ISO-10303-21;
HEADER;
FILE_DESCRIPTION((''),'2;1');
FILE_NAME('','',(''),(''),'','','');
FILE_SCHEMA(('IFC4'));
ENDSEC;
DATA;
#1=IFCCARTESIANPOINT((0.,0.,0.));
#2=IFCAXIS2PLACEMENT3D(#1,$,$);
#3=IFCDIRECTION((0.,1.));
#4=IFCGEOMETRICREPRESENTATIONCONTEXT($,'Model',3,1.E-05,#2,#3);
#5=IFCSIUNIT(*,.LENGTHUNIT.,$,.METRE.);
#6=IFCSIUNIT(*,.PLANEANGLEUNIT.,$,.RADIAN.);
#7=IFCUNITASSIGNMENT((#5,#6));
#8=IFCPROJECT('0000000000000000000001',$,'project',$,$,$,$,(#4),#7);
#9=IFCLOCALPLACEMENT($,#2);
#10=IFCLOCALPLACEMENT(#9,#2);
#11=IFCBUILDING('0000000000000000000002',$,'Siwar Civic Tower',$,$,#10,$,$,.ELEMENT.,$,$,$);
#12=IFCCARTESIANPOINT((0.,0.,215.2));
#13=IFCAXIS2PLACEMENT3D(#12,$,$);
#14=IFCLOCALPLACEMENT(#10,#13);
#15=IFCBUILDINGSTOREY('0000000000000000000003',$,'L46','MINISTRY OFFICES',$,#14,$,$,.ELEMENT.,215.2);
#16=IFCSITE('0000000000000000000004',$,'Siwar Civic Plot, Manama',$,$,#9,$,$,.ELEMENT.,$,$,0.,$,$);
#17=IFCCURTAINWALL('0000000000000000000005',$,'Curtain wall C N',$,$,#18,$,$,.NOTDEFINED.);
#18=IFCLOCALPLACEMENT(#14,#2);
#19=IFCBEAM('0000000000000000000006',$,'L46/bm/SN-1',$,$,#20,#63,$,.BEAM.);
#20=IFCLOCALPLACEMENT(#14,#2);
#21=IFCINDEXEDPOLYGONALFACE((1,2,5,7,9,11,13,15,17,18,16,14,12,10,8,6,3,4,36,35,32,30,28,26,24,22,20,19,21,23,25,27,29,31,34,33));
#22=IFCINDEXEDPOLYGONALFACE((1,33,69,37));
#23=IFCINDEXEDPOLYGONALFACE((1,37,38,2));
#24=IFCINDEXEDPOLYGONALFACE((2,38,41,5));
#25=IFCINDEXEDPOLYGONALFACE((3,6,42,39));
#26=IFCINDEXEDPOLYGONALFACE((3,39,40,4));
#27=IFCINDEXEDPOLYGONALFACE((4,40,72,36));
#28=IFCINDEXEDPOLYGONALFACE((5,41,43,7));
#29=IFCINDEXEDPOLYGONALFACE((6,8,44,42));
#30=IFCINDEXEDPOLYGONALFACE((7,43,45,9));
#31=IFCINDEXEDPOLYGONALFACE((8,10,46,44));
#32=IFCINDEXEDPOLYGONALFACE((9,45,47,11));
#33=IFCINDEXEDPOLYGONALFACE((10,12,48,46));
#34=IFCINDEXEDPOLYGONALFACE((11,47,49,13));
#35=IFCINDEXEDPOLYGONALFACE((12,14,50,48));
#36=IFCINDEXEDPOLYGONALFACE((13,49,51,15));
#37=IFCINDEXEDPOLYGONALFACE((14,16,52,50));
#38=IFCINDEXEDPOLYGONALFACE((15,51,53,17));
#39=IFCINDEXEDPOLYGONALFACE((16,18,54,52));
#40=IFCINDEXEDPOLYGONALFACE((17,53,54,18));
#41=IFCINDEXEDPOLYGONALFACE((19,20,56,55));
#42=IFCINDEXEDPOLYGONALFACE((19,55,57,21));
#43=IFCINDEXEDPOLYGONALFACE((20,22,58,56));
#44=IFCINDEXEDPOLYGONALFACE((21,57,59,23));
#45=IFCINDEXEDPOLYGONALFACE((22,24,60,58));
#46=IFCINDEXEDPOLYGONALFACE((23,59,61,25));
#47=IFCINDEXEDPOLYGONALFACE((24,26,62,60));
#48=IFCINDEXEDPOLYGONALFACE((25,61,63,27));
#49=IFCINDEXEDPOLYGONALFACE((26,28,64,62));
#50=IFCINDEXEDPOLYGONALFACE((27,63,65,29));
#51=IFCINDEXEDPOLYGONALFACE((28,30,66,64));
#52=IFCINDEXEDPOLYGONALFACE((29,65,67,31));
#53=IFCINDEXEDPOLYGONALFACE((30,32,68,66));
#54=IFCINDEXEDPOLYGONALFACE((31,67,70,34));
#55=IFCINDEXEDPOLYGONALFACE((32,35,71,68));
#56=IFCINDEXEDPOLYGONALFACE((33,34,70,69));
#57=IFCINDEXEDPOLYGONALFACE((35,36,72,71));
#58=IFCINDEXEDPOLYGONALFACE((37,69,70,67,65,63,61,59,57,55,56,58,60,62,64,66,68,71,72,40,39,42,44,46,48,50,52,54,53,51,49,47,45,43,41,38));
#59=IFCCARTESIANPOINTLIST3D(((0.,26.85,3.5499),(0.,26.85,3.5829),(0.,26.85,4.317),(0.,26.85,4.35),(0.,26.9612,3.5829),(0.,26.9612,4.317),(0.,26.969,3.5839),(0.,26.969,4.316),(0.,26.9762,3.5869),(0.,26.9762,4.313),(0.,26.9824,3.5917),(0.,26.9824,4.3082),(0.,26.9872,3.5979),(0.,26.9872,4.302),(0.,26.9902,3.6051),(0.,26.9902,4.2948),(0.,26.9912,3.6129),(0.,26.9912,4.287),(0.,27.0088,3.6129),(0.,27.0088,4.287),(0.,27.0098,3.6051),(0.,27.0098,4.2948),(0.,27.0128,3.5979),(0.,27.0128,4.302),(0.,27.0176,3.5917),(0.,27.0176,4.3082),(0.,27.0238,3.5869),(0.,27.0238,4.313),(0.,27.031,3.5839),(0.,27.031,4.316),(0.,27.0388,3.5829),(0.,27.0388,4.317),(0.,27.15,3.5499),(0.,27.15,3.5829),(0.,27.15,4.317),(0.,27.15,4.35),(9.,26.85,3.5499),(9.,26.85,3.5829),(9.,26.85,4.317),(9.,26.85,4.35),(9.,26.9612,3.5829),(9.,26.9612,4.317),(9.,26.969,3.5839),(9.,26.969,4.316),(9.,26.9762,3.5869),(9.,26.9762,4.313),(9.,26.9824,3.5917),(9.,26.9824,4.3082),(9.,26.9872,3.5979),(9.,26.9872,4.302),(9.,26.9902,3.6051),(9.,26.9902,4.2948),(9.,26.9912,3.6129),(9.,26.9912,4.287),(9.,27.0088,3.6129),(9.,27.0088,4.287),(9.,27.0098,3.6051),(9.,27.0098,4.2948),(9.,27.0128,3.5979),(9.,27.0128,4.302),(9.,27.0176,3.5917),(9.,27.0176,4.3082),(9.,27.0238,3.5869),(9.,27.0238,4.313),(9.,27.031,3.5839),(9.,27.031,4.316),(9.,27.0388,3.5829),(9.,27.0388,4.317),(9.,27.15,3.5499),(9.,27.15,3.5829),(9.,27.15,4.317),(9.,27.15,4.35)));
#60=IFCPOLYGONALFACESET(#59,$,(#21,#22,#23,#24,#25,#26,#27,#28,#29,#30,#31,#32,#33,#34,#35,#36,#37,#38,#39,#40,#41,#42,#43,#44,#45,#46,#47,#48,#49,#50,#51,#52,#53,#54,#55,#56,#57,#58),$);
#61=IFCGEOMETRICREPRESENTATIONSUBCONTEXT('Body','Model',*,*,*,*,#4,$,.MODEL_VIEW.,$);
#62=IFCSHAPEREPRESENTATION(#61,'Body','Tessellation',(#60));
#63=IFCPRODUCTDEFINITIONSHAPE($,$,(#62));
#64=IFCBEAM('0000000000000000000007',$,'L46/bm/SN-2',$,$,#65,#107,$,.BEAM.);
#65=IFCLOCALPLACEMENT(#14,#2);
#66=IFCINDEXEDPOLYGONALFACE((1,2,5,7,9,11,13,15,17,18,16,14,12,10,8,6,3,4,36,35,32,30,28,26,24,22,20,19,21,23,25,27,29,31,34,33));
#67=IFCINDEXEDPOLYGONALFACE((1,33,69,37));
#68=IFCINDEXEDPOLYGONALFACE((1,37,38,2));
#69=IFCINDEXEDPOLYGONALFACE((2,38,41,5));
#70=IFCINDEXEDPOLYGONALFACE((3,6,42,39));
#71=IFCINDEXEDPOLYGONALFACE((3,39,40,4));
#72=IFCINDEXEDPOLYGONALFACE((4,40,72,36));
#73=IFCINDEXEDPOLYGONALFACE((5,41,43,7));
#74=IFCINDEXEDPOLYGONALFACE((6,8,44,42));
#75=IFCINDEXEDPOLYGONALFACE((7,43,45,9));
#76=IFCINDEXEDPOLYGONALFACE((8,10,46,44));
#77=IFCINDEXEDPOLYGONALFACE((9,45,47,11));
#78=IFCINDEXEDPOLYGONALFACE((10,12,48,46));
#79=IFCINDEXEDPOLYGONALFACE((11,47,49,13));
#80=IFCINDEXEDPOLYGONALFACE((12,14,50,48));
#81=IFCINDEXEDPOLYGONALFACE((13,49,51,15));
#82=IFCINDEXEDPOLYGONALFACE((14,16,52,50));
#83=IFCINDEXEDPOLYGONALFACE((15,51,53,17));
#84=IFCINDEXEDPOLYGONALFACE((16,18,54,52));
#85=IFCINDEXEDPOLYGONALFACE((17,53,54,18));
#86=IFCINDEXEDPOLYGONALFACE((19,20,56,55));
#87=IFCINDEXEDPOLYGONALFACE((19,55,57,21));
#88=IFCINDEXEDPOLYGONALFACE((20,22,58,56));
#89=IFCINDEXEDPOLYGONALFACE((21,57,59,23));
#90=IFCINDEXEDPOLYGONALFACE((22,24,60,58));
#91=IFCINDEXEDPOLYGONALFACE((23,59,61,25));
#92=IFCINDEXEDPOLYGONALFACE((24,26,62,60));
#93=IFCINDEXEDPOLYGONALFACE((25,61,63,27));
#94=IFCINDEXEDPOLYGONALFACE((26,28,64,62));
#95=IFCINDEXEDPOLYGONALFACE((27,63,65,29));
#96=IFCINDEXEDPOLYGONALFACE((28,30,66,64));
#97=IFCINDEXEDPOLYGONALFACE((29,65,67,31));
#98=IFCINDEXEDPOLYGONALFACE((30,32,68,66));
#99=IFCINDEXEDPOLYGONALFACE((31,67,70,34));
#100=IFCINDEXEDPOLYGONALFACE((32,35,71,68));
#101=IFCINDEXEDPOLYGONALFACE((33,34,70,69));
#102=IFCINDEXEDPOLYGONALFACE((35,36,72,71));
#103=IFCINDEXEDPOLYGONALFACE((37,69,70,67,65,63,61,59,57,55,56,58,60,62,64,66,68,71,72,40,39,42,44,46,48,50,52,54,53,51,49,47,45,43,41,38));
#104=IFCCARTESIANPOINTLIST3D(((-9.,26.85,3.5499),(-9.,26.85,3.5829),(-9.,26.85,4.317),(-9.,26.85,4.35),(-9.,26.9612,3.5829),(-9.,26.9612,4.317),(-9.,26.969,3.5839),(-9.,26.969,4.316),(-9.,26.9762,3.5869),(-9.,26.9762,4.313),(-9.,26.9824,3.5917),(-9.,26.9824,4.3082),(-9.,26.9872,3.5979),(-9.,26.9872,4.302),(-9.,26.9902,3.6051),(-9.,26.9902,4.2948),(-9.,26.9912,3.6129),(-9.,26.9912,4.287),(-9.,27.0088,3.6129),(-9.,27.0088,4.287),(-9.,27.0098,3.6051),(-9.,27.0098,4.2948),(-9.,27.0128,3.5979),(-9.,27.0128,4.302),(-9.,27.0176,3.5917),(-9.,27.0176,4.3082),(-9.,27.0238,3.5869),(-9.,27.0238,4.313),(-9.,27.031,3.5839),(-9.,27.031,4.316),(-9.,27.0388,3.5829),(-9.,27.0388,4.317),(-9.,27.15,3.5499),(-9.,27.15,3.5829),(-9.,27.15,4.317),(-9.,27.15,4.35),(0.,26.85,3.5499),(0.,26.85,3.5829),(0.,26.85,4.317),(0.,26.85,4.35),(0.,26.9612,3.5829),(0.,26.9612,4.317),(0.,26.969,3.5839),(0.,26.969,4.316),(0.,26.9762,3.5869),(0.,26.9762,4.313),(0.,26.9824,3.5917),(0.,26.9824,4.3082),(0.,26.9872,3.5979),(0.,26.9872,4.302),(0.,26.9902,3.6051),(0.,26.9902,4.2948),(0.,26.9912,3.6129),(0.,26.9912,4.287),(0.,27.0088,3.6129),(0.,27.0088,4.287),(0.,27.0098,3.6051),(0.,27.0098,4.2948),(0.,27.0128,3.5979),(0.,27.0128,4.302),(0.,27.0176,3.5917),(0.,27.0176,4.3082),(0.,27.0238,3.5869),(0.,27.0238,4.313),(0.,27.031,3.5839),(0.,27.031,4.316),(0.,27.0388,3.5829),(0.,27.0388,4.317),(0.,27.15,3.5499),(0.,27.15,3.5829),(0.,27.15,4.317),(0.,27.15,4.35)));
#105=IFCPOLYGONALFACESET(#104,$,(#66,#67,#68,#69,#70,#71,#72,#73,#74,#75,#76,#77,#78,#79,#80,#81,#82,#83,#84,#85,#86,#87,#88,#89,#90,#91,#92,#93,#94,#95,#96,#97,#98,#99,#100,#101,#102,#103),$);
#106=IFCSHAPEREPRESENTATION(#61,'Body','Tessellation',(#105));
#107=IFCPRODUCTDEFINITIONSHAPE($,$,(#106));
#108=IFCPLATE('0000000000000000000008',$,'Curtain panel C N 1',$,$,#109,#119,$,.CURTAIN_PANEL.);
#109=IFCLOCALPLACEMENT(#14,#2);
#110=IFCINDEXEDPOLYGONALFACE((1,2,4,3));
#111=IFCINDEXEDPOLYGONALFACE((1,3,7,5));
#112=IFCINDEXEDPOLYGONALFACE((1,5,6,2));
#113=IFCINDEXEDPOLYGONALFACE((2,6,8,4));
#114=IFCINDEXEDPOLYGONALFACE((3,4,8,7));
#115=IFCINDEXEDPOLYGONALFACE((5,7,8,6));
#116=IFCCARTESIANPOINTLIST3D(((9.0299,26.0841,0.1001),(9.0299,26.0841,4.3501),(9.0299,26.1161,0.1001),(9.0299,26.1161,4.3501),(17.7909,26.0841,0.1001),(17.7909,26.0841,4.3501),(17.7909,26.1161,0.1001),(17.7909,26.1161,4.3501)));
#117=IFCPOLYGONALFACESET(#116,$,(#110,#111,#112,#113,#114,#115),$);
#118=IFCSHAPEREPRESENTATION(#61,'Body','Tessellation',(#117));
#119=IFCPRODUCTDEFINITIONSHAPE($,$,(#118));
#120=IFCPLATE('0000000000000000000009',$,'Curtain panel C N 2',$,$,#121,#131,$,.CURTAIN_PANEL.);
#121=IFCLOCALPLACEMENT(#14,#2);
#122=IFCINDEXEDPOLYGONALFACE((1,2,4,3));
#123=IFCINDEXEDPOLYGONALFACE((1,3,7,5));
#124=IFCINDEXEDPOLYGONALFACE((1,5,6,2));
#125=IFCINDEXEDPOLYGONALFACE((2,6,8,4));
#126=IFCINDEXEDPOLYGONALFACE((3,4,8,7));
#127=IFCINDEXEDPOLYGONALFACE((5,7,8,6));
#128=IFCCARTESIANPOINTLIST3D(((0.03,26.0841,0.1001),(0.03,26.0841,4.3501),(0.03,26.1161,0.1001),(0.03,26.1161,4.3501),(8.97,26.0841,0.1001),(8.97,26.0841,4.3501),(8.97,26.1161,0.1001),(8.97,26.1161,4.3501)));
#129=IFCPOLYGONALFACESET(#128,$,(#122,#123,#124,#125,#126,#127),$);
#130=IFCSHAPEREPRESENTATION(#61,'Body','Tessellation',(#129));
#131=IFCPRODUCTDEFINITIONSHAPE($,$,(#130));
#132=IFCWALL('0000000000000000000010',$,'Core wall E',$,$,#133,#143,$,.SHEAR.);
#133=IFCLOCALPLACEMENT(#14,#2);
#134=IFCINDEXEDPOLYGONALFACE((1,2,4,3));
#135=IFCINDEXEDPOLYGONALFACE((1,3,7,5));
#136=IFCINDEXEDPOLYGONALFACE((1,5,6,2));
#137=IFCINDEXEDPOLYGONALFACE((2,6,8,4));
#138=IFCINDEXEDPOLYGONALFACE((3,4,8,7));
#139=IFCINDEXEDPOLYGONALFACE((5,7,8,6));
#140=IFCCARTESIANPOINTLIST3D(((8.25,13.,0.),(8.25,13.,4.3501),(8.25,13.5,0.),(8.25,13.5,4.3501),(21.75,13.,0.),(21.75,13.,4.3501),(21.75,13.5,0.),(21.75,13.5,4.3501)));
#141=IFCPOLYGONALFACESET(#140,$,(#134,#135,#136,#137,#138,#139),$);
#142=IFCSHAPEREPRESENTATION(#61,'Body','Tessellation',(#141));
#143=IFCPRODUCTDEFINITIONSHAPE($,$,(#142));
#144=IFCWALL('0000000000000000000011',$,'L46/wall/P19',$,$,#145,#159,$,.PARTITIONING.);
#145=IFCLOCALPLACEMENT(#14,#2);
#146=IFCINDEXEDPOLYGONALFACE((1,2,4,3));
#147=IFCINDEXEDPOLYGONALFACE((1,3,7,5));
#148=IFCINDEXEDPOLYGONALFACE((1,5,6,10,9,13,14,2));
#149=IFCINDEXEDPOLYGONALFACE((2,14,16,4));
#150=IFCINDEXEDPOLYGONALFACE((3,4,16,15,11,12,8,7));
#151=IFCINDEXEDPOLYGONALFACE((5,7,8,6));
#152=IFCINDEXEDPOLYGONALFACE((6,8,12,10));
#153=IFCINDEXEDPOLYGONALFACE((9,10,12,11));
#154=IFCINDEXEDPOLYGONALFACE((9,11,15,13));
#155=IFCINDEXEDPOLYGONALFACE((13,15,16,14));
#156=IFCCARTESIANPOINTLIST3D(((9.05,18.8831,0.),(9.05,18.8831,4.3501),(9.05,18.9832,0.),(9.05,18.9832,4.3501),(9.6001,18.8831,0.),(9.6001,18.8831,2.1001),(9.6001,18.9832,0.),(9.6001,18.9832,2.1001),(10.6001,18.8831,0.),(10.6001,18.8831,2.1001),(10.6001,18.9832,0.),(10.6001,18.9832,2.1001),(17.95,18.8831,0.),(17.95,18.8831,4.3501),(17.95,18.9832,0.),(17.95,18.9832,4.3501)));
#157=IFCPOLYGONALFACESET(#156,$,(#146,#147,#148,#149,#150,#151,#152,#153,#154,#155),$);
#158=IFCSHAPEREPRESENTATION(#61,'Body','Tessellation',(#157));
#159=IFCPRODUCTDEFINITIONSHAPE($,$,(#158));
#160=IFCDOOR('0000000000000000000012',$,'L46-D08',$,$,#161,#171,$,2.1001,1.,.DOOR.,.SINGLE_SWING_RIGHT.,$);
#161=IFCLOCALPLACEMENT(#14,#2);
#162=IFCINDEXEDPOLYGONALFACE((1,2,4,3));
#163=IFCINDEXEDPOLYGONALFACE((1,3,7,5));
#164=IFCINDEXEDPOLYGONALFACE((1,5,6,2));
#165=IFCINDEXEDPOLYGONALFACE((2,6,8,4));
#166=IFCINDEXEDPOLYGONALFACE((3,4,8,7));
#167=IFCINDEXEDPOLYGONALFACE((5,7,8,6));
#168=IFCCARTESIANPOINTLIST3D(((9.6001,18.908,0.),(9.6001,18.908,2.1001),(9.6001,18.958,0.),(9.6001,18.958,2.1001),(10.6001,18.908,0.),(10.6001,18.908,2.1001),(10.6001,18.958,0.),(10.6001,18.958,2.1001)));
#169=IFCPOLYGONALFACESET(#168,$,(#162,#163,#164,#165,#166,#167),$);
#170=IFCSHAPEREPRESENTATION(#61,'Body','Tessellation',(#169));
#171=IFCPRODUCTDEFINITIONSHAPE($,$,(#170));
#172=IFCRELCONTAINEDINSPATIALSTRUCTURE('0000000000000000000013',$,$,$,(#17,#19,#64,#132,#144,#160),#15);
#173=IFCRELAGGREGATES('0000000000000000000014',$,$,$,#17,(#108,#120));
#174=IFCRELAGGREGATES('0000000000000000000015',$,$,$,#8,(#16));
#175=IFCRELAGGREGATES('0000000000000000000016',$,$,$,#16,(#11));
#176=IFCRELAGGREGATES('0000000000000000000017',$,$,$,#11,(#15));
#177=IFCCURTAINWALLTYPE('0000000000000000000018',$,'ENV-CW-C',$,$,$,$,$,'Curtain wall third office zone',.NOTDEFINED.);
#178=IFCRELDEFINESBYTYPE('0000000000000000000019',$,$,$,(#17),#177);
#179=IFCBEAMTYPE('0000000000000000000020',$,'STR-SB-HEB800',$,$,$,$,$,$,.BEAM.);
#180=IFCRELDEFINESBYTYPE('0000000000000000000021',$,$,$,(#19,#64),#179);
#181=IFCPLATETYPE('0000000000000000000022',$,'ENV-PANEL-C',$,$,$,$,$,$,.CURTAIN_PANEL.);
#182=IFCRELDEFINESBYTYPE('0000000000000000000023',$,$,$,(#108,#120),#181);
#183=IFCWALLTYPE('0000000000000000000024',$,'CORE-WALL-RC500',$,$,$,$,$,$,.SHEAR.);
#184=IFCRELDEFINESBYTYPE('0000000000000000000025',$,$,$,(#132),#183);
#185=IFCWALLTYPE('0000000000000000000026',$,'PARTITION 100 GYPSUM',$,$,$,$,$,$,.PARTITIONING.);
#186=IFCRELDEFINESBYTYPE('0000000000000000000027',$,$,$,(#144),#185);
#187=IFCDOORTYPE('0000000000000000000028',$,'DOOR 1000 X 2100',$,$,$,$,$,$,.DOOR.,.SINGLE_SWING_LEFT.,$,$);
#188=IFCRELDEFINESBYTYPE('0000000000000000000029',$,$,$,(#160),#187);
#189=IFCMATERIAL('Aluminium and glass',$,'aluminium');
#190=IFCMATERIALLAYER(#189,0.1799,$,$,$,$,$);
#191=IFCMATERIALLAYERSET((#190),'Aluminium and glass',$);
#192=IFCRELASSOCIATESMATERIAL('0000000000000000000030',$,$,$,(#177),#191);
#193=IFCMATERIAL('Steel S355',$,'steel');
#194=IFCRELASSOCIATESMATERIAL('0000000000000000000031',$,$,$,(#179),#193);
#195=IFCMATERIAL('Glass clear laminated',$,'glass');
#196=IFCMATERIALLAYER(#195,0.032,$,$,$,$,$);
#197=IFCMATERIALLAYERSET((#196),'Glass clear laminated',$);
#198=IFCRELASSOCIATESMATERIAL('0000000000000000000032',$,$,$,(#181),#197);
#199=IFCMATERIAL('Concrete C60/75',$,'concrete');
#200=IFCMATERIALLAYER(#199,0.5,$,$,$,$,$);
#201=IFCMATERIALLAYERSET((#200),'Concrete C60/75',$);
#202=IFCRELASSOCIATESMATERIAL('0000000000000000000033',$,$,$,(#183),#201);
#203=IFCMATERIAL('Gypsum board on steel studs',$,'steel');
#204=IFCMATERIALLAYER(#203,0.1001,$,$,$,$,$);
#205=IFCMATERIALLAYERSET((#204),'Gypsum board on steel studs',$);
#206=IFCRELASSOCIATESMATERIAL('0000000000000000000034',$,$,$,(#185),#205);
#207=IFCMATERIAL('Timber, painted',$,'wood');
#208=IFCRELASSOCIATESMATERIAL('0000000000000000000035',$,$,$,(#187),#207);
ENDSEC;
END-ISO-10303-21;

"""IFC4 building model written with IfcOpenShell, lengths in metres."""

from ifc_helpers import new_model, si_unit, direction, frame, frame_2d, origin, origin_2d, place, context, subcontext, project, spatial, rectangle, i_section, extrude, material, layer, layer_set, material_profile, profile_set, type_object, element, fill, aggregate, save


model = new_model("IFC4")

# Units and contexts
model_context = context("Model", 3, precision=1e-05, world=origin(), true_north=direction((0.0, 1.0)))
body_context = subcontext(model_context, "Body", "Model", "MODEL_VIEW")
ifc_project = project(units=[si_unit("LENGTHUNIT", "METRE"), si_unit("PLANEANGLEUNIT", "RADIAN")], contexts=[model_context])

# Site, building, storey
site_placement = place(None, origin())
site = spatial("IfcSite", under=ifc_project, at=site_placement, Name="Siwar Civic Plot, Manama", CompositionType="ELEMENT", RefElevation=0.0)
building_placement = place(site_placement, origin())
building = spatial("IfcBuilding", under=site, at=building_placement, Name="Siwar Civic Tower", CompositionType="ELEMENT")
storey_placement = place(building_placement, frame((0.0, 0.0, 215.2)))
storey = spatial("IfcBuildingStorey", under=building, at=storey_placement, Name="L46", Description="MINISTRY OFFICES", CompositionType="ELEMENT", Elevation=215.2)

# Curtain wall
ifc_material_1 = material(Name="Aluminium and glass", Category="aluminium")
ifc_layer_1 = layer(ifc_material_1, 0.1799)
ifc_layer_set_1 = layer_set([ifc_layer_1], Name="Aluminium and glass")
curtain_wall_type = type_object("IfcCurtainWallType", Name="ENV-CW-C", ElementType="Curtain wall third office zone", PredefinedType="NOTDEFINED", material=ifc_layer_set_1)
curtain_wall_placement = place(storey_placement, origin())
curtain_wall = element("IfcCurtainWall", 1, at=curtain_wall_placement, inside=storey, type_object=curtain_wall_type, Name="Curtain wall C N", PredefinedType="NOTDEFINED")

# Beams
ifc_material_2 = material(Name="Steel S355", Category="steel")
ifc_material_profile_1 = material_profile(ifc_material_2, i_section(OverallWidth=0.3, OverallDepth=0.8, WebThickness=0.0176, FlangeThickness=0.033, FilletRadius=0.03, at=origin_2d()), Name="HEB800")
ifc_profile_set_1 = profile_set([ifc_material_profile_1], Name="Steel S355")
beam_type_1 = type_object("IfcBeamType", Name="STR-SB-HEB800", PredefinedType="BEAM", material=ifc_profile_set_1)
for number, where, z_axis, x_axis, name in (
    (2, (9.0, 27.0, 3.95), (-1.0, 0.0, 0.0), (0.0, -1.0, 0.0), "L46/bm/SN-1"),
    (3, (0.0, 27.0, 3.95), (-1.0, 0.0, 0.0), (0.0, -1.0, 0.0), "L46/bm/SN-2"),
):
    element("IfcBeam", number, at=place(storey_placement, frame(where, z_axis=z_axis, x_axis=x_axis)), inside=storey, type_object=beam_type_1, Name=name, PredefinedType="BEAM", context=body_context, shape_type="SweptSolid", body=[
        extrude(i_section(OverallWidth=0.3, OverallDepth=0.8, WebThickness=0.0176, FlangeThickness=0.033, FilletRadius=0.03, at=origin_2d()), origin(), (0.0, 0.0, 1.0), 9.0),
    ])

# Plates
ifc_material_3 = material(Name="Glass clear laminated", Category="glass")
ifc_layer_2 = layer(ifc_material_3, 0.032)
ifc_layer_set_2 = layer_set([ifc_layer_2], Name="Glass clear laminated")
plate_type = type_object("IfcPlateType", Name="ENV-PANEL-C", PredefinedType="CURTAIN_PANEL", material=ifc_layer_set_2)
plate_1_placement = place(storey_placement, frame((13.4104, 26.1001, 0.1001), z_axis=(0.0, 0.0, 1.0), x_axis=(-1.0, 0.0, 0.0)))
plate_1 = element("IfcPlate", 4, at=plate_1_placement, type_object=plate_type, Name="Curtain panel C N 1", PredefinedType="CURTAIN_PANEL", context=body_context, shape_type="SweptSolid", body=[
    extrude(rectangle(XDim=8.761, YDim=0.032, at=origin_2d()), origin(), (0.0, 0.0, 1.0), 4.25),
])
plate_2_placement = place(storey_placement, frame((4.5, 26.1001, 0.1001), z_axis=(0.0, 0.0, 1.0), x_axis=(-1.0, 0.0, 0.0)))
plate_2 = element("IfcPlate", 5, at=plate_2_placement, type_object=plate_type, Name="Curtain panel C N 2", PredefinedType="CURTAIN_PANEL", context=body_context, shape_type="SweptSolid", body=[
    extrude(rectangle(XDim=8.9399, YDim=0.032, at=origin_2d()), origin(), (0.0, 0.0, 1.0), 4.25),
])
aggregate(curtain_wall, [plate_1, plate_2])

# Wall
ifc_material_4 = material(Name="Concrete C60/75", Category="concrete")
ifc_layer_3 = layer(ifc_material_4, 0.5)
ifc_layer_set_3 = layer_set([ifc_layer_3], Name="Concrete C60/75")
wall_type_1 = type_object("IfcWallType", Name="CORE-WALL-RC500", PredefinedType="SHEAR", material=ifc_layer_set_3)
wall_1_placement = place(storey_placement, frame((8.25, 13.25, 0.0), z_axis=(0.0, 0.0, 1.0), x_axis=(1.0, 0.0, 0.0)))
element("IfcWall", 6, at=wall_1_placement, inside=storey, type_object=wall_type_1, Name="Core wall E", PredefinedType="SHEAR", context=body_context, shape_type="SweptSolid", body=[
    extrude(rectangle(XDim=13.5, YDim=0.5, at=frame_2d((6.75, 0.0))), origin(), (0.0, 0.0, 1.0), 4.3501),
])

# Wall, opening, door
ifc_material_5 = material(Name="Gypsum board on steel studs", Category="steel")
ifc_layer_4 = layer(ifc_material_5, 0.1001)
ifc_layer_set_4 = layer_set([ifc_layer_4], Name="Gypsum board on steel studs")
wall_type_2 = type_object("IfcWallType", Name="PARTITION 100 GYPSUM", PredefinedType="PARTITIONING", material=ifc_layer_set_4)
wall_2_placement = place(storey_placement, frame((9.05, 18.9331, 0.0), z_axis=(0.0, 0.0, 1.0), x_axis=(1.0, 0.0, 0.0)))
wall_2 = element("IfcWall", 7, at=wall_2_placement, inside=storey, type_object=wall_type_2, Name="L46/wall/P19", PredefinedType="PARTITIONING", context=body_context, shape_type="SweptSolid", body=[
    extrude(rectangle(XDim=8.8999, YDim=0.1001, at=frame_2d((4.45, 0.0))), origin(), (0.0, 0.0, 1.0), 4.3501),
])
opening_1_placement = place(wall_2_placement, frame((0.55, 0.0, 0.0)))
opening_1 = element("IfcOpeningElement", 8, at=opening_1_placement, cuts=wall_2, PredefinedType="OPENING", context=body_context, shape_type="SweptSolid", body=[
    extrude(rectangle(XDim=1.0, YDim=2.1001, at=frame_2d((0.5, 1.05))), frame((0.0, 0.0601, 0.0), z_axis=(0.0, -1.0, 0.0), x_axis=(1.0, 0.0, 0.0)), (0.0, 0.0, 1.0), 0.1201),
])
ifc_material_6 = material(Name="Timber, painted", Category="wood")
door_type = type_object("IfcDoorType", Name="DOOR 1000 X 2100", OperationType="SINGLE_SWING_LEFT", PredefinedType="DOOR", material=ifc_material_6)
door_1_placement = place(opening_1_placement, origin())
door_1 = element("IfcDoor", 9, at=door_1_placement, inside=storey, type_object=door_type, Name="L46-D08", OperationType="SINGLE_SWING_RIGHT", OverallHeight=2.1001, OverallWidth=1.0, PredefinedType="DOOR", context=body_context, shape_type="SweptSolid", body=[
    extrude(rectangle(XDim=1.0, YDim=2.1001, at=frame_2d((0.5, 1.05))), frame((0.0, 0.0249, 0.0), z_axis=(0.0, -1.0, 0.0), x_axis=(1.0, 0.0, 0.0)), (0.0, 0.0, 1.0), 0.05),
])
fill(opening_1, door_1)

save(model, "model.ifc")
